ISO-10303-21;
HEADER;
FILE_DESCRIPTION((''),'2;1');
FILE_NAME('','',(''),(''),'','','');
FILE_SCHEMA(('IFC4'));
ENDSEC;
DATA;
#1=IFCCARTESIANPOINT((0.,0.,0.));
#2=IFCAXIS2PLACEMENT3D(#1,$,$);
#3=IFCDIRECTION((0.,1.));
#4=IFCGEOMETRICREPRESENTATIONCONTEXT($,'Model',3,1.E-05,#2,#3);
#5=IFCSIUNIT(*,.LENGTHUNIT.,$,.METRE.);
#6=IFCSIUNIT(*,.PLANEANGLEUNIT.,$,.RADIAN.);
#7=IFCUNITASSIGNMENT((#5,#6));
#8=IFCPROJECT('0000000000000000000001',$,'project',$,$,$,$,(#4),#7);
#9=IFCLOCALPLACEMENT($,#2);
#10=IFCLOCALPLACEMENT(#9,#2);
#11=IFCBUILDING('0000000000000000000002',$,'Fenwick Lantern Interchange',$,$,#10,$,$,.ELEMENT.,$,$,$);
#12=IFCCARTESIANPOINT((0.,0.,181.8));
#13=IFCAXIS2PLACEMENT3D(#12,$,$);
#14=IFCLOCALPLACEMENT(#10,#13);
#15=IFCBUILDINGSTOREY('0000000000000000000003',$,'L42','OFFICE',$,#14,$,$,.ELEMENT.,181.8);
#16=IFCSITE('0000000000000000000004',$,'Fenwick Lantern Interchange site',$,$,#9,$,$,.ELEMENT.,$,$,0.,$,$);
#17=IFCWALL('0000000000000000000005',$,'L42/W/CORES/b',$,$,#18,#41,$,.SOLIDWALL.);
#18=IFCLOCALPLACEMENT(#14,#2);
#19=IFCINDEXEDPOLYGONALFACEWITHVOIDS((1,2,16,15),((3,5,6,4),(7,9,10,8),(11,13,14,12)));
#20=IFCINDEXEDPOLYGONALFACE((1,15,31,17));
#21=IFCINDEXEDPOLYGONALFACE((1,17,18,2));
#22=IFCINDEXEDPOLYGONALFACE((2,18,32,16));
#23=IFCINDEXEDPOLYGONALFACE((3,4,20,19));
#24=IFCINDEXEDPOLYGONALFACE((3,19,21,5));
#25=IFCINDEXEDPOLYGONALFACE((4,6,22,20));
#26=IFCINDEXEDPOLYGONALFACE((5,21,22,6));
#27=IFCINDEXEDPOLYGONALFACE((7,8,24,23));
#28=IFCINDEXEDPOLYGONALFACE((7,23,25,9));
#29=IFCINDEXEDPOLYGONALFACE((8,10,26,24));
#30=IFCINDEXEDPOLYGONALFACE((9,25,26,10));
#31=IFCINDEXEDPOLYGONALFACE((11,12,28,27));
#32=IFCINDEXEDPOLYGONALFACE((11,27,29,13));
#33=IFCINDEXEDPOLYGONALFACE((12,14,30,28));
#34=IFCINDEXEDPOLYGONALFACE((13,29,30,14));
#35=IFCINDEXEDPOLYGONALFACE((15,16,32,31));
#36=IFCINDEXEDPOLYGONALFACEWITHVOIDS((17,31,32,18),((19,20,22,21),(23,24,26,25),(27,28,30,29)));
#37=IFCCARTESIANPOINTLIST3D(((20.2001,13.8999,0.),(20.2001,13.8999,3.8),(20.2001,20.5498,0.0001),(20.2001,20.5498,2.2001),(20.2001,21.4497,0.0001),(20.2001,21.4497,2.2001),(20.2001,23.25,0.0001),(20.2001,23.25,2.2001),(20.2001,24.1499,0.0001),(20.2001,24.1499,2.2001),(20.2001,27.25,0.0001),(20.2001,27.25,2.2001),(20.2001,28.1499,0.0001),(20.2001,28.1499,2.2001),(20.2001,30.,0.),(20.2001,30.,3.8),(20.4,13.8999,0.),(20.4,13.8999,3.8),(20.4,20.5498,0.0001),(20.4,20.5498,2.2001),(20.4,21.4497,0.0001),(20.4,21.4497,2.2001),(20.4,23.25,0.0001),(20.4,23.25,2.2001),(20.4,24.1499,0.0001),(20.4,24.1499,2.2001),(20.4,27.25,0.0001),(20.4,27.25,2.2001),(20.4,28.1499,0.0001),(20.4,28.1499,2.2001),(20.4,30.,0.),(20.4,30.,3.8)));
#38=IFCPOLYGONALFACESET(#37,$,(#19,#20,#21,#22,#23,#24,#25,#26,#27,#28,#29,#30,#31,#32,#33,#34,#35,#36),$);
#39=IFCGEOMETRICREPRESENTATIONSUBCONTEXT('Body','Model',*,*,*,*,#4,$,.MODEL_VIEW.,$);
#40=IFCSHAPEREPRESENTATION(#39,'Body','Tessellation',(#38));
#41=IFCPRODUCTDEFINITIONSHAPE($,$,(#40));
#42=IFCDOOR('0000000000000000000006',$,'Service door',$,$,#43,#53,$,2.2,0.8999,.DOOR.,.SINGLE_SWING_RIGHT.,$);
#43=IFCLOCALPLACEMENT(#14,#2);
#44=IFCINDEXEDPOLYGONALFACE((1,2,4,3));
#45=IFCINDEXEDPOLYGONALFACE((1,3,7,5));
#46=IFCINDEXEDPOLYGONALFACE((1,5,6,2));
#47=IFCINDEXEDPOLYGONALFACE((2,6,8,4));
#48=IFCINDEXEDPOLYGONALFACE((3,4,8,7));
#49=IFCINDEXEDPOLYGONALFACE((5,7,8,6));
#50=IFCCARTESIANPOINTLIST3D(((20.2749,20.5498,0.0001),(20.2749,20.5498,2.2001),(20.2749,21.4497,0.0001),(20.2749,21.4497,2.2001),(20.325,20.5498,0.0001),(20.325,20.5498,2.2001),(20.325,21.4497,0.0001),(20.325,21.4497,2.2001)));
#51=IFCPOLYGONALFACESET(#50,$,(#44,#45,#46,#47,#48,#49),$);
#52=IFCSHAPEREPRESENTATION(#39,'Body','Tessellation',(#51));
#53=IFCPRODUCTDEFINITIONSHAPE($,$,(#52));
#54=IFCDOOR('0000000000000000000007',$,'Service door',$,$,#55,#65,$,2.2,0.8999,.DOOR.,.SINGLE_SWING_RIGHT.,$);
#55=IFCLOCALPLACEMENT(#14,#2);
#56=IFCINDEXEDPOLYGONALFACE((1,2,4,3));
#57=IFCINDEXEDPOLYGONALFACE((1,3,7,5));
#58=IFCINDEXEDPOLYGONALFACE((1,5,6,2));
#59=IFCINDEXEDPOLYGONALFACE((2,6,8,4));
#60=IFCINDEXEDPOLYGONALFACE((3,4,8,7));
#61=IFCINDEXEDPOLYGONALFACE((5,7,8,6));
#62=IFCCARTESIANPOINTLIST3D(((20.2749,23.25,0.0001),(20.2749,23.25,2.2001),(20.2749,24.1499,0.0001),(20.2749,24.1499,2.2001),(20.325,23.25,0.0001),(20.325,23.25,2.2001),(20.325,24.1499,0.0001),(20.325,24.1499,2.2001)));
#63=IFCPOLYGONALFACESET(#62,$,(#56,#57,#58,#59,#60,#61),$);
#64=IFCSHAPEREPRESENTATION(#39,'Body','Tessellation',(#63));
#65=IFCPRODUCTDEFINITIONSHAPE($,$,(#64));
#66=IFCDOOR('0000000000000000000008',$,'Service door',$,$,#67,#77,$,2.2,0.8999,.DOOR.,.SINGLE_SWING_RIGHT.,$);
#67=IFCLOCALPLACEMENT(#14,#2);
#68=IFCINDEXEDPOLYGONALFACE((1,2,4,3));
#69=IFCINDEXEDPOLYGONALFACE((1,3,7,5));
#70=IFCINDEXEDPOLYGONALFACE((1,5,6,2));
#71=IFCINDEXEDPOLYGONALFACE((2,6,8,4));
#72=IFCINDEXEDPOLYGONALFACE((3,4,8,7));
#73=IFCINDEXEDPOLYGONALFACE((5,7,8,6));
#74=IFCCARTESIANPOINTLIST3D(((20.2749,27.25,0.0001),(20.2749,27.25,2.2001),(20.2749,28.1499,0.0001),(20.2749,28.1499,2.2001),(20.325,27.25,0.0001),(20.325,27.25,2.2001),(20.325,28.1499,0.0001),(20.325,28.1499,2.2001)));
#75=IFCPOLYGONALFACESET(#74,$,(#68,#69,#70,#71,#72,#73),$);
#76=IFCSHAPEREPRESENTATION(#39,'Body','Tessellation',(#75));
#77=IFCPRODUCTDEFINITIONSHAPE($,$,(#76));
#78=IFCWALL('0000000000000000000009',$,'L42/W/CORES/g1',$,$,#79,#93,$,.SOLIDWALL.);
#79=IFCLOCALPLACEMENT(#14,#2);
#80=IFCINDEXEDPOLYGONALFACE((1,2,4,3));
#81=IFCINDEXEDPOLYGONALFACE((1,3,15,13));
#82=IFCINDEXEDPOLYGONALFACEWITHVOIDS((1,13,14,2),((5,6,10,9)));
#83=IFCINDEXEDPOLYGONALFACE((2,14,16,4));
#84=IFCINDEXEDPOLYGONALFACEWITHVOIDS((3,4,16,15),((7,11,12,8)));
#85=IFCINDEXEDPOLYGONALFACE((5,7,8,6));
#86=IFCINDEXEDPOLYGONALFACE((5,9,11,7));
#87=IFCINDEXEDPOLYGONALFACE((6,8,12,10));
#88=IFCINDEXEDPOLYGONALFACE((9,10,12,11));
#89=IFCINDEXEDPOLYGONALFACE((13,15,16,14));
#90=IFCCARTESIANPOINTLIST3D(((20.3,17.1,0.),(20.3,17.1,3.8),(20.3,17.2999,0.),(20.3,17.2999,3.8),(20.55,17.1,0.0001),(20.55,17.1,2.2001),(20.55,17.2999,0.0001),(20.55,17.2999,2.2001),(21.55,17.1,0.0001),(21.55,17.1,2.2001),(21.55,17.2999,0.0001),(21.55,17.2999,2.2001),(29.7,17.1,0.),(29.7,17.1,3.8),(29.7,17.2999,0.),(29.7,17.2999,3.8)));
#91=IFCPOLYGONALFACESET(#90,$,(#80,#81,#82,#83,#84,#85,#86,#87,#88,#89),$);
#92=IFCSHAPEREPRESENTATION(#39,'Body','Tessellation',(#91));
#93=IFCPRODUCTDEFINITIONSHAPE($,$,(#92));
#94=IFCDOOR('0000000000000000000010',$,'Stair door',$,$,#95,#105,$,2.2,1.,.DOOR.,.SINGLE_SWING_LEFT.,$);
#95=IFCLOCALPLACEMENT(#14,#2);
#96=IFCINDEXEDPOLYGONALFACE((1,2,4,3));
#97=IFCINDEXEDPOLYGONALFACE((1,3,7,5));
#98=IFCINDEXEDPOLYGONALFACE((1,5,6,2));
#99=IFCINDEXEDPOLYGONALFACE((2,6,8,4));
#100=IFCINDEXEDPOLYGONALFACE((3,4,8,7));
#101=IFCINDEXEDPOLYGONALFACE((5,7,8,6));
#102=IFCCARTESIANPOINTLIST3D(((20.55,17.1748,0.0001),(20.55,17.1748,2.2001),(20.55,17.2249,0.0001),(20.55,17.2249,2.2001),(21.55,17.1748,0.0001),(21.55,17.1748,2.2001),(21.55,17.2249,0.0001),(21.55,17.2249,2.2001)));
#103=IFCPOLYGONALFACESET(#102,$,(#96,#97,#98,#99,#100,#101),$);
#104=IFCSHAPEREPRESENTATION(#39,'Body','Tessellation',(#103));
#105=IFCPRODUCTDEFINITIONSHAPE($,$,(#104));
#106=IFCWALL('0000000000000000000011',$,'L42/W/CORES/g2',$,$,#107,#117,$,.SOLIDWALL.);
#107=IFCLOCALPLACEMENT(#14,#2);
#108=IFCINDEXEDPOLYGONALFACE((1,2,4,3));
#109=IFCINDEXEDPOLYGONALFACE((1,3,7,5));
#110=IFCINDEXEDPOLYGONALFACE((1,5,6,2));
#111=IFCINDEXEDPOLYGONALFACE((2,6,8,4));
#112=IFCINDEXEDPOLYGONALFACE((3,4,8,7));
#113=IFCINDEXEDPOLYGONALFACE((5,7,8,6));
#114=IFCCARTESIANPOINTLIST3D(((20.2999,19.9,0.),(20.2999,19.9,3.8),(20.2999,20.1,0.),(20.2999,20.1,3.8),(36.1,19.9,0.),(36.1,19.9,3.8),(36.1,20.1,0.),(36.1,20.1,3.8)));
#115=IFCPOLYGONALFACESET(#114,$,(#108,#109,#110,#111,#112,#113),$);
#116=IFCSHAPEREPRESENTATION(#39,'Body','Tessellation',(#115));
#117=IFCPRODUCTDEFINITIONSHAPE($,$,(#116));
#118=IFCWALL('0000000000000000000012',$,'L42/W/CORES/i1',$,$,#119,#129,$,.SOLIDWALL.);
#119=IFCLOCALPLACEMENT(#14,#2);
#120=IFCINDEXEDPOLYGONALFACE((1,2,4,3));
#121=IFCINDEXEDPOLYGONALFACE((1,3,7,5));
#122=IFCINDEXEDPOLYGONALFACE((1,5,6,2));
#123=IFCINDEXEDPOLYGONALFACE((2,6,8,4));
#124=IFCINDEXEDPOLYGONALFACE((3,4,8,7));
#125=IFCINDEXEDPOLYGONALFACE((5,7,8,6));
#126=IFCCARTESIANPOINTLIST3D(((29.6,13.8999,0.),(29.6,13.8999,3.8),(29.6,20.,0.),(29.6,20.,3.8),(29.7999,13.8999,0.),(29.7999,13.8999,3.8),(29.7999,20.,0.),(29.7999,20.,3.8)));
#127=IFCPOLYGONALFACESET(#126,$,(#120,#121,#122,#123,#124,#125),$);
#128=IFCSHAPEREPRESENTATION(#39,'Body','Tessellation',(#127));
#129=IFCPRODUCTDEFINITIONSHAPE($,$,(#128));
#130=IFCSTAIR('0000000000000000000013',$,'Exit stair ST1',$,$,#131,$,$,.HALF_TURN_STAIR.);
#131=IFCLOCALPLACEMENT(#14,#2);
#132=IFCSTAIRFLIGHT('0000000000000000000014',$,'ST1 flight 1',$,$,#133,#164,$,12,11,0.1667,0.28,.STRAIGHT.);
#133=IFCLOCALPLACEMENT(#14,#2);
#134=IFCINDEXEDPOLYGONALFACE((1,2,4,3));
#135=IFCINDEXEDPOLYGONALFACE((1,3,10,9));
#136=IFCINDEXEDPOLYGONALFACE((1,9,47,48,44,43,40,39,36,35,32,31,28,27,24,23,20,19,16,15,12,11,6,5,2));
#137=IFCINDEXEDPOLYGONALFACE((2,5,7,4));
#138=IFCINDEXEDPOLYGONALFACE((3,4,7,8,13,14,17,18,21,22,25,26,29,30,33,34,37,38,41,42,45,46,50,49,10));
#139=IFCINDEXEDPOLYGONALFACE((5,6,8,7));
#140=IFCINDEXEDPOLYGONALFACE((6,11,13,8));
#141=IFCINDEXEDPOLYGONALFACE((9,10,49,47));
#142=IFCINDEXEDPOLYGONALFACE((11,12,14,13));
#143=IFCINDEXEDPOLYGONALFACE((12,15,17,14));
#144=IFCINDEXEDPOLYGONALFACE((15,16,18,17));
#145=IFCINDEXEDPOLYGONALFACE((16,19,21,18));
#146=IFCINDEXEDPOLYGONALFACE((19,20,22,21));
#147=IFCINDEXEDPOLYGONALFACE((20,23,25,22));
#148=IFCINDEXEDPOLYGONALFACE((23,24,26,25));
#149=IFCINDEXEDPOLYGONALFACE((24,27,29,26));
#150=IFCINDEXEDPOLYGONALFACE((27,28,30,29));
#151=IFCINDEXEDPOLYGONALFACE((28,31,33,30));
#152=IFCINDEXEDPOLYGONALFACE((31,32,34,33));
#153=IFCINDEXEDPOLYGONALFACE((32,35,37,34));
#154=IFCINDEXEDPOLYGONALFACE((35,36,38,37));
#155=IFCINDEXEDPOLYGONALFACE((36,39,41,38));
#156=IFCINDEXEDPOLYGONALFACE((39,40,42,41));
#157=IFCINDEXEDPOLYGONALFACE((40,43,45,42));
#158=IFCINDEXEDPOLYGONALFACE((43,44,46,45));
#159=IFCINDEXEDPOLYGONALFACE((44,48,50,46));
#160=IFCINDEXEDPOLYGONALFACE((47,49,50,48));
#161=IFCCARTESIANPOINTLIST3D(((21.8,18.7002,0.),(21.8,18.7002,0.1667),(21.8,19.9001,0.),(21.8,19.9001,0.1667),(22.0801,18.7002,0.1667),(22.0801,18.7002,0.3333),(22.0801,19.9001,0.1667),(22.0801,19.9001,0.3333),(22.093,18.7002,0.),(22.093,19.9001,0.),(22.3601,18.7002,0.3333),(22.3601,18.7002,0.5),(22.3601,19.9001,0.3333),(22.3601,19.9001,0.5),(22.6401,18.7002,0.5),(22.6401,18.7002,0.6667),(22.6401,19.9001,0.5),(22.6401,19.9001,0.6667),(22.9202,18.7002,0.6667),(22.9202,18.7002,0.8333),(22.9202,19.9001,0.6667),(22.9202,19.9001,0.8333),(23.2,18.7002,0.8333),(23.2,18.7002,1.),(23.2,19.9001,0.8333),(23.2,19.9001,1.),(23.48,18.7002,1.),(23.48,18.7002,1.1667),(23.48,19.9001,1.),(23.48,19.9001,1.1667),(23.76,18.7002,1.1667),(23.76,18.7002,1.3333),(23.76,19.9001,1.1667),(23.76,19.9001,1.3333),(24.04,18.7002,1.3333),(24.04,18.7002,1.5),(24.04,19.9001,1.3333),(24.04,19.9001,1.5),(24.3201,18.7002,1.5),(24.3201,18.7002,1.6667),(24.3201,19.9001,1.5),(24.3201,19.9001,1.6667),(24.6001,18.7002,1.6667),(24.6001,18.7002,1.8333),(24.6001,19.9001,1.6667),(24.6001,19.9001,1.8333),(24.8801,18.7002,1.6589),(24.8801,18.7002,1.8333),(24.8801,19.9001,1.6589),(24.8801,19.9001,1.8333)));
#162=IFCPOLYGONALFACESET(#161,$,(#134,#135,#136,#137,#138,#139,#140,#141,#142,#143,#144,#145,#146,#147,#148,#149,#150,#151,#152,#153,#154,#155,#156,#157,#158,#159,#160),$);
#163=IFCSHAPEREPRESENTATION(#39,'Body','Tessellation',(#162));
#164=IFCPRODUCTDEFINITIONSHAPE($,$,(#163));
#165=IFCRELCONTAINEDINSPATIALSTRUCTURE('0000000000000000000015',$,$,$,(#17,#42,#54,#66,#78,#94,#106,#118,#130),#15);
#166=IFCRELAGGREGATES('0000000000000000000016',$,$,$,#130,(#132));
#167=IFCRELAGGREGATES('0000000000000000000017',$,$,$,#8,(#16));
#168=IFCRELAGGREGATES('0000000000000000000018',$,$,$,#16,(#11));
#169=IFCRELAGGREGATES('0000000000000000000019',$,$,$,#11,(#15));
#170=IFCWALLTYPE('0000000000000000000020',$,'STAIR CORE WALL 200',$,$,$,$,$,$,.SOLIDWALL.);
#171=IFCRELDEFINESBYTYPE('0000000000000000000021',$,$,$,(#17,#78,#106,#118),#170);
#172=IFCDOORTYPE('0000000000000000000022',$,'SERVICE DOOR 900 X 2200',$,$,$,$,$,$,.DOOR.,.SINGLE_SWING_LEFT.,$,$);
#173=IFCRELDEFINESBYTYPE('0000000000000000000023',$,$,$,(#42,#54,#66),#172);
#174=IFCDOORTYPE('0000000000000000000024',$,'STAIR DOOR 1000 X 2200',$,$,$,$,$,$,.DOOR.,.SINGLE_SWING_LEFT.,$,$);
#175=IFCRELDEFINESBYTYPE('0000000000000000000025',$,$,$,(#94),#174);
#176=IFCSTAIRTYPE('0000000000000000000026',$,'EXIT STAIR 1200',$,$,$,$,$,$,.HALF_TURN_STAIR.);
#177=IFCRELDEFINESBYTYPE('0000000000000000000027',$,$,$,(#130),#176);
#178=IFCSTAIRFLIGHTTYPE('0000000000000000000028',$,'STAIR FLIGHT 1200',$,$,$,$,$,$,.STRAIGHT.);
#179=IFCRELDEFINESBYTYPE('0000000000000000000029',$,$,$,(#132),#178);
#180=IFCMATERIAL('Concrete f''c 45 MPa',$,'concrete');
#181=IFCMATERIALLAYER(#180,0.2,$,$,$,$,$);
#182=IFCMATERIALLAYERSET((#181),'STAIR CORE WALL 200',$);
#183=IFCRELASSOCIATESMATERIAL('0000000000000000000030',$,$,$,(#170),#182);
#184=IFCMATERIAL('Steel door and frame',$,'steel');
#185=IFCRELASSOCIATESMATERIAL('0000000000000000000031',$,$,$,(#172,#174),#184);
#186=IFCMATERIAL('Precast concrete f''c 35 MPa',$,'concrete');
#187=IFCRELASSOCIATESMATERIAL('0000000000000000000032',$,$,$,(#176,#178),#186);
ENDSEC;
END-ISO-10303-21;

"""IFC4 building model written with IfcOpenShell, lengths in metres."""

from ifc_helpers import new_model, si_unit, direction, frame, frame_2d, origin, place, context, subcontext, project, spatial, polyline, rectangle, outline, extrude, material, layer, layer_set, type_object, element, fill, aggregate, save


model = new_model("IFC4")

# Units and contexts
model_context = context("Model", 3, precision=1e-05, world=origin(), true_north=direction((0.0, 1.0)))
body_context = subcontext(model_context, "Body", "Model", "MODEL_VIEW")
ifc_project = project(units=[si_unit("LENGTHUNIT", "METRE"), si_unit("PLANEANGLEUNIT", "RADIAN")], contexts=[model_context])

# Site, building, storey
site_placement = place(None, origin())
site = spatial("IfcSite", under=ifc_project, at=site_placement, Name="Fenwick Lantern Interchange site", CompositionType="ELEMENT", RefElevation=0.0)
building_placement = place(site_placement, origin())
building = spatial("IfcBuilding", under=site, at=building_placement, Name="Fenwick Lantern Interchange", CompositionType="ELEMENT")
storey_placement = place(building_placement, frame((0.0, 0.0, 181.8)))
storey = spatial("IfcBuildingStorey", under=building, at=storey_placement, Name="L42", Description="OFFICE", CompositionType="ELEMENT", Elevation=181.8)

# Shared definitions
ifc_material_1 = material(Name="Steel door and frame", Category="steel")

# Wall, openings, doors
ifc_material_2 = material(Name="Concrete f'c 45 MPa", Category="concrete")
ifc_layer_1 = layer(ifc_material_2, 0.2)
ifc_layer_set_1 = layer_set([ifc_layer_1], Name="STAIR CORE WALL 200")
wall_type_1 = type_object("IfcWallType", Name="STAIR CORE WALL 200", PredefinedType="SOLIDWALL", material=ifc_layer_set_1)
wall_1_placement = place(storey_placement, frame((20.3, 13.8999, 0.0), z_axis=(0.0, 0.0, 1.0), x_axis=(0.0, 1.0, 0.0)))
wall_1 = element("IfcWall", 1, at=wall_1_placement, inside=storey, type_object=wall_type_1, Name="L42/W/CORES/b", PredefinedType="SOLIDWALL", context=body_context, shape_type="SweptSolid", body=[
    extrude(rectangle(XDim=16.1001, YDim=0.2, at=frame_2d((8.05, 0.0))), origin(), (0.0, 0.0, 1.0), 3.8),
])
opening_1_placement = place(wall_1_placement, frame((6.6499, 0.0, 0.0)))
opening_1 = element("IfcOpeningElement", 2, at=opening_1_placement, cuts=wall_1, PredefinedType="OPENING", context=body_context, shape_type="SweptSolid", body=[
    extrude(rectangle(XDim=0.8999, YDim=2.2, at=frame_2d((0.45, 1.1001))), frame((0.0, 0.1099, 0.0), z_axis=(0.0, -1.0, 0.0), x_axis=(1.0, 0.0, 0.0)), (0.0, 0.0, 1.0), 0.22),
])
opening_2_placement = place(wall_1_placement, frame((9.3501, 0.0, 0.0)))
opening_2 = element("IfcOpeningElement", 3, at=opening_2_placement, cuts=wall_1, PredefinedType="OPENING", context=body_context, shape_type="SweptSolid", body=[
    extrude(rectangle(XDim=0.8999, YDim=2.2, at=frame_2d((0.45, 1.1001))), frame((0.0, 0.1099, 0.0), z_axis=(0.0, -1.0, 0.0), x_axis=(1.0, 0.0, 0.0)), (0.0, 0.0, 1.0), 0.22),
])
opening_3_placement = place(wall_1_placement, frame((13.3501, 0.0, 0.0)))
opening_3 = element("IfcOpeningElement", 4, at=opening_3_placement, cuts=wall_1, PredefinedType="OPENING", context=body_context, shape_type="SweptSolid", body=[
    extrude(rectangle(XDim=0.8999, YDim=2.2, at=frame_2d((0.45, 1.1001))), frame((0.0, 0.1099, 0.0), z_axis=(0.0, -1.0, 0.0), x_axis=(1.0, 0.0, 0.0)), (0.0, 0.0, 1.0), 0.22),
])
door_type_1 = type_object("IfcDoorType", Name="SERVICE DOOR 900 X 2200", OperationType="SINGLE_SWING_LEFT", PredefinedType="DOOR", material=ifc_material_1)
door_1_placement = place(opening_1_placement, frame((0.8999, 0.0, 0.0), z_axis=(0.0, 0.0, 1.0), x_axis=(-1.0, 0.0, 0.0)))
door_1 = element("IfcDoor", 5, at=door_1_placement, inside=storey, type_object=door_type_1, Name="Service door", OperationType="SINGLE_SWING_RIGHT", OverallHeight=2.2, OverallWidth=0.8999, PredefinedType="DOOR", context=body_context, shape_type="SweptSolid", body=[
    extrude(rectangle(XDim=0.8999, YDim=2.2, at=frame_2d((0.45, 1.1001))), frame((0.0, 0.0249, 0.0), z_axis=(0.0, -1.0, 0.0), x_axis=(1.0, 0.0, 0.0)), (0.0, 0.0, 1.0), 0.05),
])
fill(opening_1, door_1)
door_2_placement = place(opening_2_placement, frame((0.8999, 0.0, 0.0), z_axis=(0.0, 0.0, 1.0), x_axis=(-1.0, 0.0, 0.0)))
door_2 = element("IfcDoor", 6, at=door_2_placement, inside=storey, type_object=door_type_1, Name="Service door", OperationType="SINGLE_SWING_RIGHT", OverallHeight=2.2, OverallWidth=0.8999, PredefinedType="DOOR", context=body_context, shape_type="SweptSolid", body=[
    extrude(rectangle(XDim=0.8999, YDim=2.2, at=frame_2d((0.45, 1.1001))), frame((0.0, 0.0249, 0.0), z_axis=(0.0, -1.0, 0.0), x_axis=(1.0, 0.0, 0.0)), (0.0, 0.0, 1.0), 0.05),
])
fill(opening_2, door_2)
door_3_placement = place(opening_3_placement, frame((0.8999, 0.0, 0.0), z_axis=(0.0, 0.0, 1.0), x_axis=(-1.0, 0.0, 0.0)))
door_3 = element("IfcDoor", 7, at=door_3_placement, inside=storey, type_object=door_type_1, Name="Service door", OperationType="SINGLE_SWING_RIGHT", OverallHeight=2.2, OverallWidth=0.8999, PredefinedType="DOOR", context=body_context, shape_type="SweptSolid", body=[
    extrude(rectangle(XDim=0.8999, YDim=2.2, at=frame_2d((0.45, 1.1001))), frame((0.0, 0.0249, 0.0), z_axis=(0.0, -1.0, 0.0), x_axis=(1.0, 0.0, 0.0)), (0.0, 0.0, 1.0), 0.05),
])
fill(opening_3, door_3)

# Wall, opening, door
wall_2_placement = place(storey_placement, frame((20.3, 17.2, 0.0), z_axis=(0.0, 0.0, 1.0), x_axis=(1.0, 0.0, 0.0)))
wall_2 = element("IfcWall", 8, at=wall_2_placement, inside=storey, type_object=wall_type_1, Name="L42/W/CORES/g1", PredefinedType="SOLIDWALL", context=body_context, shape_type="SweptSolid", body=[
    extrude(rectangle(XDim=9.3999, YDim=0.2, at=frame_2d((4.7, 0.0))), origin(), (0.0, 0.0, 1.0), 3.8),
])
opening_4_placement = place(wall_2_placement, frame((0.25, 0.0, 0.0)))
opening_4 = element("IfcOpeningElement", 9, at=opening_4_placement, cuts=wall_2, PredefinedType="OPENING", context=body_context, shape_type="SweptSolid", body=[
    extrude(rectangle(XDim=1.0, YDim=2.2, at=frame_2d((0.5, 1.1001))), frame((0.0, 0.1099, 0.0), z_axis=(0.0, -1.0, 0.0), x_axis=(1.0, 0.0, 0.0)), (0.0, 0.0, 1.0), 0.22),
])
door_type_2 = type_object("IfcDoorType", Name="STAIR DOOR 1000 X 2200", OperationType="SINGLE_SWING_LEFT", PredefinedType="DOOR", material=ifc_material_1)
door_4_placement = place(opening_4_placement, origin())
door_4 = element("IfcDoor", 10, at=door_4_placement, inside=storey, type_object=door_type_2, Name="Stair door", OperationType="SINGLE_SWING_LEFT", OverallHeight=2.2, OverallWidth=1.0, PredefinedType="DOOR", context=body_context, shape_type="SweptSolid", body=[
    extrude(rectangle(XDim=1.0, YDim=2.2, at=frame_2d((0.5, 1.1001))), frame((0.0, 0.0249, 0.0), z_axis=(0.0, -1.0, 0.0), x_axis=(1.0, 0.0, 0.0)), (0.0, 0.0, 1.0), 0.05),
])
fill(opening_4, door_4)

# Walls
wall_3_placement = place(storey_placement, frame((20.3, 20.0, 0.0), z_axis=(0.0, 0.0, 1.0), x_axis=(1.0, 0.0, 0.0)))
element("IfcWall", 11, at=wall_3_placement, inside=storey, type_object=wall_type_1, Name="L42/W/CORES/g2", PredefinedType="SOLIDWALL", context=body_context, shape_type="SweptSolid", body=[
    extrude(rectangle(XDim=15.8, YDim=0.2, at=frame_2d((7.8999, 0.0))), origin(), (0.0, 0.0, 1.0), 3.8),
])
wall_4_placement = place(storey_placement, frame((29.7, 13.8999, 0.0), z_axis=(0.0, 0.0, 1.0), x_axis=(0.0, 1.0, 0.0)))
element("IfcWall", 12, at=wall_4_placement, inside=storey, type_object=wall_type_1, Name="L42/W/CORES/i1", PredefinedType="SOLIDWALL", context=body_context, shape_type="SweptSolid", body=[
    extrude(rectangle(XDim=6.1001, YDim=0.2, at=frame_2d((3.05, 0.0))), origin(), (0.0, 0.0, 1.0), 3.8),
])

# Stair, stair flight
ifc_material_3 = material(Name="Precast concrete f'c 35 MPa", Category="concrete")
stair_type = type_object("IfcStairType", Name="EXIT STAIR 1200", PredefinedType="HALF_TURN_STAIR", material=ifc_material_3)
stair_placement = place(storey_placement, origin())
stair = element("IfcStair", 13, at=stair_placement, inside=storey, type_object=stair_type, Name="Exit stair ST1", PredefinedType="HALF_TURN_STAIR")
stair_flight_type = type_object("IfcStairFlightType", Name="STAIR FLIGHT 1200", PredefinedType="STRAIGHT", material=ifc_material_3)
stair_flight_1_placement = place(storey_placement, frame((21.8, 19.3, 0.0), z_axis=(0.0, 0.0, 1.0), x_axis=(1.0, 0.0, 0.0)))
stair_flight_1 = element("IfcStairFlight", 14, at=stair_flight_1_placement, type_object=stair_flight_type, Name="ST1 flight 1", NumberOfRisers=12, NumberOfTreads=11, PredefinedType="STRAIGHT", RiserHeight=0.1667, TreadLength=0.28, context=body_context, shape_type="SweptSolid", body=[
    extrude(outline(polyline([(0.0, 0.0), (0.0, 0.1667), (0.28, 0.1667), (0.28, 0.3333), (0.5601, 0.3333), (0.5601, 0.5), (0.8401, 0.5), (0.8401, 0.6667), (1.1201, 0.6667), (1.1201, 0.8333), (1.3999, 0.8333), (1.3999, 1.0), (1.6799, 1.0), (1.6799, 1.1667), (1.96, 1.1667), (1.96, 1.3333), (2.24, 1.3333), (2.24, 1.5), (2.52, 1.5), (2.52, 1.6667), (2.8, 1.6667), (2.8, 1.8333), (3.0801, 1.8333), (3.0801, 2.0), (3.0801, 1.6589), (0.293, 0.0), (0.0, 0.0)])), frame((0.0, 0.6001, 0.0), z_axis=(0.0, -1.0, 0.0), x_axis=(1.0, 0.0, 0.0)), (0.0, 0.0, 1.0), 1.2),
])
aggregate(stair, [stair_flight_1])

save(model, "model.ifc")
